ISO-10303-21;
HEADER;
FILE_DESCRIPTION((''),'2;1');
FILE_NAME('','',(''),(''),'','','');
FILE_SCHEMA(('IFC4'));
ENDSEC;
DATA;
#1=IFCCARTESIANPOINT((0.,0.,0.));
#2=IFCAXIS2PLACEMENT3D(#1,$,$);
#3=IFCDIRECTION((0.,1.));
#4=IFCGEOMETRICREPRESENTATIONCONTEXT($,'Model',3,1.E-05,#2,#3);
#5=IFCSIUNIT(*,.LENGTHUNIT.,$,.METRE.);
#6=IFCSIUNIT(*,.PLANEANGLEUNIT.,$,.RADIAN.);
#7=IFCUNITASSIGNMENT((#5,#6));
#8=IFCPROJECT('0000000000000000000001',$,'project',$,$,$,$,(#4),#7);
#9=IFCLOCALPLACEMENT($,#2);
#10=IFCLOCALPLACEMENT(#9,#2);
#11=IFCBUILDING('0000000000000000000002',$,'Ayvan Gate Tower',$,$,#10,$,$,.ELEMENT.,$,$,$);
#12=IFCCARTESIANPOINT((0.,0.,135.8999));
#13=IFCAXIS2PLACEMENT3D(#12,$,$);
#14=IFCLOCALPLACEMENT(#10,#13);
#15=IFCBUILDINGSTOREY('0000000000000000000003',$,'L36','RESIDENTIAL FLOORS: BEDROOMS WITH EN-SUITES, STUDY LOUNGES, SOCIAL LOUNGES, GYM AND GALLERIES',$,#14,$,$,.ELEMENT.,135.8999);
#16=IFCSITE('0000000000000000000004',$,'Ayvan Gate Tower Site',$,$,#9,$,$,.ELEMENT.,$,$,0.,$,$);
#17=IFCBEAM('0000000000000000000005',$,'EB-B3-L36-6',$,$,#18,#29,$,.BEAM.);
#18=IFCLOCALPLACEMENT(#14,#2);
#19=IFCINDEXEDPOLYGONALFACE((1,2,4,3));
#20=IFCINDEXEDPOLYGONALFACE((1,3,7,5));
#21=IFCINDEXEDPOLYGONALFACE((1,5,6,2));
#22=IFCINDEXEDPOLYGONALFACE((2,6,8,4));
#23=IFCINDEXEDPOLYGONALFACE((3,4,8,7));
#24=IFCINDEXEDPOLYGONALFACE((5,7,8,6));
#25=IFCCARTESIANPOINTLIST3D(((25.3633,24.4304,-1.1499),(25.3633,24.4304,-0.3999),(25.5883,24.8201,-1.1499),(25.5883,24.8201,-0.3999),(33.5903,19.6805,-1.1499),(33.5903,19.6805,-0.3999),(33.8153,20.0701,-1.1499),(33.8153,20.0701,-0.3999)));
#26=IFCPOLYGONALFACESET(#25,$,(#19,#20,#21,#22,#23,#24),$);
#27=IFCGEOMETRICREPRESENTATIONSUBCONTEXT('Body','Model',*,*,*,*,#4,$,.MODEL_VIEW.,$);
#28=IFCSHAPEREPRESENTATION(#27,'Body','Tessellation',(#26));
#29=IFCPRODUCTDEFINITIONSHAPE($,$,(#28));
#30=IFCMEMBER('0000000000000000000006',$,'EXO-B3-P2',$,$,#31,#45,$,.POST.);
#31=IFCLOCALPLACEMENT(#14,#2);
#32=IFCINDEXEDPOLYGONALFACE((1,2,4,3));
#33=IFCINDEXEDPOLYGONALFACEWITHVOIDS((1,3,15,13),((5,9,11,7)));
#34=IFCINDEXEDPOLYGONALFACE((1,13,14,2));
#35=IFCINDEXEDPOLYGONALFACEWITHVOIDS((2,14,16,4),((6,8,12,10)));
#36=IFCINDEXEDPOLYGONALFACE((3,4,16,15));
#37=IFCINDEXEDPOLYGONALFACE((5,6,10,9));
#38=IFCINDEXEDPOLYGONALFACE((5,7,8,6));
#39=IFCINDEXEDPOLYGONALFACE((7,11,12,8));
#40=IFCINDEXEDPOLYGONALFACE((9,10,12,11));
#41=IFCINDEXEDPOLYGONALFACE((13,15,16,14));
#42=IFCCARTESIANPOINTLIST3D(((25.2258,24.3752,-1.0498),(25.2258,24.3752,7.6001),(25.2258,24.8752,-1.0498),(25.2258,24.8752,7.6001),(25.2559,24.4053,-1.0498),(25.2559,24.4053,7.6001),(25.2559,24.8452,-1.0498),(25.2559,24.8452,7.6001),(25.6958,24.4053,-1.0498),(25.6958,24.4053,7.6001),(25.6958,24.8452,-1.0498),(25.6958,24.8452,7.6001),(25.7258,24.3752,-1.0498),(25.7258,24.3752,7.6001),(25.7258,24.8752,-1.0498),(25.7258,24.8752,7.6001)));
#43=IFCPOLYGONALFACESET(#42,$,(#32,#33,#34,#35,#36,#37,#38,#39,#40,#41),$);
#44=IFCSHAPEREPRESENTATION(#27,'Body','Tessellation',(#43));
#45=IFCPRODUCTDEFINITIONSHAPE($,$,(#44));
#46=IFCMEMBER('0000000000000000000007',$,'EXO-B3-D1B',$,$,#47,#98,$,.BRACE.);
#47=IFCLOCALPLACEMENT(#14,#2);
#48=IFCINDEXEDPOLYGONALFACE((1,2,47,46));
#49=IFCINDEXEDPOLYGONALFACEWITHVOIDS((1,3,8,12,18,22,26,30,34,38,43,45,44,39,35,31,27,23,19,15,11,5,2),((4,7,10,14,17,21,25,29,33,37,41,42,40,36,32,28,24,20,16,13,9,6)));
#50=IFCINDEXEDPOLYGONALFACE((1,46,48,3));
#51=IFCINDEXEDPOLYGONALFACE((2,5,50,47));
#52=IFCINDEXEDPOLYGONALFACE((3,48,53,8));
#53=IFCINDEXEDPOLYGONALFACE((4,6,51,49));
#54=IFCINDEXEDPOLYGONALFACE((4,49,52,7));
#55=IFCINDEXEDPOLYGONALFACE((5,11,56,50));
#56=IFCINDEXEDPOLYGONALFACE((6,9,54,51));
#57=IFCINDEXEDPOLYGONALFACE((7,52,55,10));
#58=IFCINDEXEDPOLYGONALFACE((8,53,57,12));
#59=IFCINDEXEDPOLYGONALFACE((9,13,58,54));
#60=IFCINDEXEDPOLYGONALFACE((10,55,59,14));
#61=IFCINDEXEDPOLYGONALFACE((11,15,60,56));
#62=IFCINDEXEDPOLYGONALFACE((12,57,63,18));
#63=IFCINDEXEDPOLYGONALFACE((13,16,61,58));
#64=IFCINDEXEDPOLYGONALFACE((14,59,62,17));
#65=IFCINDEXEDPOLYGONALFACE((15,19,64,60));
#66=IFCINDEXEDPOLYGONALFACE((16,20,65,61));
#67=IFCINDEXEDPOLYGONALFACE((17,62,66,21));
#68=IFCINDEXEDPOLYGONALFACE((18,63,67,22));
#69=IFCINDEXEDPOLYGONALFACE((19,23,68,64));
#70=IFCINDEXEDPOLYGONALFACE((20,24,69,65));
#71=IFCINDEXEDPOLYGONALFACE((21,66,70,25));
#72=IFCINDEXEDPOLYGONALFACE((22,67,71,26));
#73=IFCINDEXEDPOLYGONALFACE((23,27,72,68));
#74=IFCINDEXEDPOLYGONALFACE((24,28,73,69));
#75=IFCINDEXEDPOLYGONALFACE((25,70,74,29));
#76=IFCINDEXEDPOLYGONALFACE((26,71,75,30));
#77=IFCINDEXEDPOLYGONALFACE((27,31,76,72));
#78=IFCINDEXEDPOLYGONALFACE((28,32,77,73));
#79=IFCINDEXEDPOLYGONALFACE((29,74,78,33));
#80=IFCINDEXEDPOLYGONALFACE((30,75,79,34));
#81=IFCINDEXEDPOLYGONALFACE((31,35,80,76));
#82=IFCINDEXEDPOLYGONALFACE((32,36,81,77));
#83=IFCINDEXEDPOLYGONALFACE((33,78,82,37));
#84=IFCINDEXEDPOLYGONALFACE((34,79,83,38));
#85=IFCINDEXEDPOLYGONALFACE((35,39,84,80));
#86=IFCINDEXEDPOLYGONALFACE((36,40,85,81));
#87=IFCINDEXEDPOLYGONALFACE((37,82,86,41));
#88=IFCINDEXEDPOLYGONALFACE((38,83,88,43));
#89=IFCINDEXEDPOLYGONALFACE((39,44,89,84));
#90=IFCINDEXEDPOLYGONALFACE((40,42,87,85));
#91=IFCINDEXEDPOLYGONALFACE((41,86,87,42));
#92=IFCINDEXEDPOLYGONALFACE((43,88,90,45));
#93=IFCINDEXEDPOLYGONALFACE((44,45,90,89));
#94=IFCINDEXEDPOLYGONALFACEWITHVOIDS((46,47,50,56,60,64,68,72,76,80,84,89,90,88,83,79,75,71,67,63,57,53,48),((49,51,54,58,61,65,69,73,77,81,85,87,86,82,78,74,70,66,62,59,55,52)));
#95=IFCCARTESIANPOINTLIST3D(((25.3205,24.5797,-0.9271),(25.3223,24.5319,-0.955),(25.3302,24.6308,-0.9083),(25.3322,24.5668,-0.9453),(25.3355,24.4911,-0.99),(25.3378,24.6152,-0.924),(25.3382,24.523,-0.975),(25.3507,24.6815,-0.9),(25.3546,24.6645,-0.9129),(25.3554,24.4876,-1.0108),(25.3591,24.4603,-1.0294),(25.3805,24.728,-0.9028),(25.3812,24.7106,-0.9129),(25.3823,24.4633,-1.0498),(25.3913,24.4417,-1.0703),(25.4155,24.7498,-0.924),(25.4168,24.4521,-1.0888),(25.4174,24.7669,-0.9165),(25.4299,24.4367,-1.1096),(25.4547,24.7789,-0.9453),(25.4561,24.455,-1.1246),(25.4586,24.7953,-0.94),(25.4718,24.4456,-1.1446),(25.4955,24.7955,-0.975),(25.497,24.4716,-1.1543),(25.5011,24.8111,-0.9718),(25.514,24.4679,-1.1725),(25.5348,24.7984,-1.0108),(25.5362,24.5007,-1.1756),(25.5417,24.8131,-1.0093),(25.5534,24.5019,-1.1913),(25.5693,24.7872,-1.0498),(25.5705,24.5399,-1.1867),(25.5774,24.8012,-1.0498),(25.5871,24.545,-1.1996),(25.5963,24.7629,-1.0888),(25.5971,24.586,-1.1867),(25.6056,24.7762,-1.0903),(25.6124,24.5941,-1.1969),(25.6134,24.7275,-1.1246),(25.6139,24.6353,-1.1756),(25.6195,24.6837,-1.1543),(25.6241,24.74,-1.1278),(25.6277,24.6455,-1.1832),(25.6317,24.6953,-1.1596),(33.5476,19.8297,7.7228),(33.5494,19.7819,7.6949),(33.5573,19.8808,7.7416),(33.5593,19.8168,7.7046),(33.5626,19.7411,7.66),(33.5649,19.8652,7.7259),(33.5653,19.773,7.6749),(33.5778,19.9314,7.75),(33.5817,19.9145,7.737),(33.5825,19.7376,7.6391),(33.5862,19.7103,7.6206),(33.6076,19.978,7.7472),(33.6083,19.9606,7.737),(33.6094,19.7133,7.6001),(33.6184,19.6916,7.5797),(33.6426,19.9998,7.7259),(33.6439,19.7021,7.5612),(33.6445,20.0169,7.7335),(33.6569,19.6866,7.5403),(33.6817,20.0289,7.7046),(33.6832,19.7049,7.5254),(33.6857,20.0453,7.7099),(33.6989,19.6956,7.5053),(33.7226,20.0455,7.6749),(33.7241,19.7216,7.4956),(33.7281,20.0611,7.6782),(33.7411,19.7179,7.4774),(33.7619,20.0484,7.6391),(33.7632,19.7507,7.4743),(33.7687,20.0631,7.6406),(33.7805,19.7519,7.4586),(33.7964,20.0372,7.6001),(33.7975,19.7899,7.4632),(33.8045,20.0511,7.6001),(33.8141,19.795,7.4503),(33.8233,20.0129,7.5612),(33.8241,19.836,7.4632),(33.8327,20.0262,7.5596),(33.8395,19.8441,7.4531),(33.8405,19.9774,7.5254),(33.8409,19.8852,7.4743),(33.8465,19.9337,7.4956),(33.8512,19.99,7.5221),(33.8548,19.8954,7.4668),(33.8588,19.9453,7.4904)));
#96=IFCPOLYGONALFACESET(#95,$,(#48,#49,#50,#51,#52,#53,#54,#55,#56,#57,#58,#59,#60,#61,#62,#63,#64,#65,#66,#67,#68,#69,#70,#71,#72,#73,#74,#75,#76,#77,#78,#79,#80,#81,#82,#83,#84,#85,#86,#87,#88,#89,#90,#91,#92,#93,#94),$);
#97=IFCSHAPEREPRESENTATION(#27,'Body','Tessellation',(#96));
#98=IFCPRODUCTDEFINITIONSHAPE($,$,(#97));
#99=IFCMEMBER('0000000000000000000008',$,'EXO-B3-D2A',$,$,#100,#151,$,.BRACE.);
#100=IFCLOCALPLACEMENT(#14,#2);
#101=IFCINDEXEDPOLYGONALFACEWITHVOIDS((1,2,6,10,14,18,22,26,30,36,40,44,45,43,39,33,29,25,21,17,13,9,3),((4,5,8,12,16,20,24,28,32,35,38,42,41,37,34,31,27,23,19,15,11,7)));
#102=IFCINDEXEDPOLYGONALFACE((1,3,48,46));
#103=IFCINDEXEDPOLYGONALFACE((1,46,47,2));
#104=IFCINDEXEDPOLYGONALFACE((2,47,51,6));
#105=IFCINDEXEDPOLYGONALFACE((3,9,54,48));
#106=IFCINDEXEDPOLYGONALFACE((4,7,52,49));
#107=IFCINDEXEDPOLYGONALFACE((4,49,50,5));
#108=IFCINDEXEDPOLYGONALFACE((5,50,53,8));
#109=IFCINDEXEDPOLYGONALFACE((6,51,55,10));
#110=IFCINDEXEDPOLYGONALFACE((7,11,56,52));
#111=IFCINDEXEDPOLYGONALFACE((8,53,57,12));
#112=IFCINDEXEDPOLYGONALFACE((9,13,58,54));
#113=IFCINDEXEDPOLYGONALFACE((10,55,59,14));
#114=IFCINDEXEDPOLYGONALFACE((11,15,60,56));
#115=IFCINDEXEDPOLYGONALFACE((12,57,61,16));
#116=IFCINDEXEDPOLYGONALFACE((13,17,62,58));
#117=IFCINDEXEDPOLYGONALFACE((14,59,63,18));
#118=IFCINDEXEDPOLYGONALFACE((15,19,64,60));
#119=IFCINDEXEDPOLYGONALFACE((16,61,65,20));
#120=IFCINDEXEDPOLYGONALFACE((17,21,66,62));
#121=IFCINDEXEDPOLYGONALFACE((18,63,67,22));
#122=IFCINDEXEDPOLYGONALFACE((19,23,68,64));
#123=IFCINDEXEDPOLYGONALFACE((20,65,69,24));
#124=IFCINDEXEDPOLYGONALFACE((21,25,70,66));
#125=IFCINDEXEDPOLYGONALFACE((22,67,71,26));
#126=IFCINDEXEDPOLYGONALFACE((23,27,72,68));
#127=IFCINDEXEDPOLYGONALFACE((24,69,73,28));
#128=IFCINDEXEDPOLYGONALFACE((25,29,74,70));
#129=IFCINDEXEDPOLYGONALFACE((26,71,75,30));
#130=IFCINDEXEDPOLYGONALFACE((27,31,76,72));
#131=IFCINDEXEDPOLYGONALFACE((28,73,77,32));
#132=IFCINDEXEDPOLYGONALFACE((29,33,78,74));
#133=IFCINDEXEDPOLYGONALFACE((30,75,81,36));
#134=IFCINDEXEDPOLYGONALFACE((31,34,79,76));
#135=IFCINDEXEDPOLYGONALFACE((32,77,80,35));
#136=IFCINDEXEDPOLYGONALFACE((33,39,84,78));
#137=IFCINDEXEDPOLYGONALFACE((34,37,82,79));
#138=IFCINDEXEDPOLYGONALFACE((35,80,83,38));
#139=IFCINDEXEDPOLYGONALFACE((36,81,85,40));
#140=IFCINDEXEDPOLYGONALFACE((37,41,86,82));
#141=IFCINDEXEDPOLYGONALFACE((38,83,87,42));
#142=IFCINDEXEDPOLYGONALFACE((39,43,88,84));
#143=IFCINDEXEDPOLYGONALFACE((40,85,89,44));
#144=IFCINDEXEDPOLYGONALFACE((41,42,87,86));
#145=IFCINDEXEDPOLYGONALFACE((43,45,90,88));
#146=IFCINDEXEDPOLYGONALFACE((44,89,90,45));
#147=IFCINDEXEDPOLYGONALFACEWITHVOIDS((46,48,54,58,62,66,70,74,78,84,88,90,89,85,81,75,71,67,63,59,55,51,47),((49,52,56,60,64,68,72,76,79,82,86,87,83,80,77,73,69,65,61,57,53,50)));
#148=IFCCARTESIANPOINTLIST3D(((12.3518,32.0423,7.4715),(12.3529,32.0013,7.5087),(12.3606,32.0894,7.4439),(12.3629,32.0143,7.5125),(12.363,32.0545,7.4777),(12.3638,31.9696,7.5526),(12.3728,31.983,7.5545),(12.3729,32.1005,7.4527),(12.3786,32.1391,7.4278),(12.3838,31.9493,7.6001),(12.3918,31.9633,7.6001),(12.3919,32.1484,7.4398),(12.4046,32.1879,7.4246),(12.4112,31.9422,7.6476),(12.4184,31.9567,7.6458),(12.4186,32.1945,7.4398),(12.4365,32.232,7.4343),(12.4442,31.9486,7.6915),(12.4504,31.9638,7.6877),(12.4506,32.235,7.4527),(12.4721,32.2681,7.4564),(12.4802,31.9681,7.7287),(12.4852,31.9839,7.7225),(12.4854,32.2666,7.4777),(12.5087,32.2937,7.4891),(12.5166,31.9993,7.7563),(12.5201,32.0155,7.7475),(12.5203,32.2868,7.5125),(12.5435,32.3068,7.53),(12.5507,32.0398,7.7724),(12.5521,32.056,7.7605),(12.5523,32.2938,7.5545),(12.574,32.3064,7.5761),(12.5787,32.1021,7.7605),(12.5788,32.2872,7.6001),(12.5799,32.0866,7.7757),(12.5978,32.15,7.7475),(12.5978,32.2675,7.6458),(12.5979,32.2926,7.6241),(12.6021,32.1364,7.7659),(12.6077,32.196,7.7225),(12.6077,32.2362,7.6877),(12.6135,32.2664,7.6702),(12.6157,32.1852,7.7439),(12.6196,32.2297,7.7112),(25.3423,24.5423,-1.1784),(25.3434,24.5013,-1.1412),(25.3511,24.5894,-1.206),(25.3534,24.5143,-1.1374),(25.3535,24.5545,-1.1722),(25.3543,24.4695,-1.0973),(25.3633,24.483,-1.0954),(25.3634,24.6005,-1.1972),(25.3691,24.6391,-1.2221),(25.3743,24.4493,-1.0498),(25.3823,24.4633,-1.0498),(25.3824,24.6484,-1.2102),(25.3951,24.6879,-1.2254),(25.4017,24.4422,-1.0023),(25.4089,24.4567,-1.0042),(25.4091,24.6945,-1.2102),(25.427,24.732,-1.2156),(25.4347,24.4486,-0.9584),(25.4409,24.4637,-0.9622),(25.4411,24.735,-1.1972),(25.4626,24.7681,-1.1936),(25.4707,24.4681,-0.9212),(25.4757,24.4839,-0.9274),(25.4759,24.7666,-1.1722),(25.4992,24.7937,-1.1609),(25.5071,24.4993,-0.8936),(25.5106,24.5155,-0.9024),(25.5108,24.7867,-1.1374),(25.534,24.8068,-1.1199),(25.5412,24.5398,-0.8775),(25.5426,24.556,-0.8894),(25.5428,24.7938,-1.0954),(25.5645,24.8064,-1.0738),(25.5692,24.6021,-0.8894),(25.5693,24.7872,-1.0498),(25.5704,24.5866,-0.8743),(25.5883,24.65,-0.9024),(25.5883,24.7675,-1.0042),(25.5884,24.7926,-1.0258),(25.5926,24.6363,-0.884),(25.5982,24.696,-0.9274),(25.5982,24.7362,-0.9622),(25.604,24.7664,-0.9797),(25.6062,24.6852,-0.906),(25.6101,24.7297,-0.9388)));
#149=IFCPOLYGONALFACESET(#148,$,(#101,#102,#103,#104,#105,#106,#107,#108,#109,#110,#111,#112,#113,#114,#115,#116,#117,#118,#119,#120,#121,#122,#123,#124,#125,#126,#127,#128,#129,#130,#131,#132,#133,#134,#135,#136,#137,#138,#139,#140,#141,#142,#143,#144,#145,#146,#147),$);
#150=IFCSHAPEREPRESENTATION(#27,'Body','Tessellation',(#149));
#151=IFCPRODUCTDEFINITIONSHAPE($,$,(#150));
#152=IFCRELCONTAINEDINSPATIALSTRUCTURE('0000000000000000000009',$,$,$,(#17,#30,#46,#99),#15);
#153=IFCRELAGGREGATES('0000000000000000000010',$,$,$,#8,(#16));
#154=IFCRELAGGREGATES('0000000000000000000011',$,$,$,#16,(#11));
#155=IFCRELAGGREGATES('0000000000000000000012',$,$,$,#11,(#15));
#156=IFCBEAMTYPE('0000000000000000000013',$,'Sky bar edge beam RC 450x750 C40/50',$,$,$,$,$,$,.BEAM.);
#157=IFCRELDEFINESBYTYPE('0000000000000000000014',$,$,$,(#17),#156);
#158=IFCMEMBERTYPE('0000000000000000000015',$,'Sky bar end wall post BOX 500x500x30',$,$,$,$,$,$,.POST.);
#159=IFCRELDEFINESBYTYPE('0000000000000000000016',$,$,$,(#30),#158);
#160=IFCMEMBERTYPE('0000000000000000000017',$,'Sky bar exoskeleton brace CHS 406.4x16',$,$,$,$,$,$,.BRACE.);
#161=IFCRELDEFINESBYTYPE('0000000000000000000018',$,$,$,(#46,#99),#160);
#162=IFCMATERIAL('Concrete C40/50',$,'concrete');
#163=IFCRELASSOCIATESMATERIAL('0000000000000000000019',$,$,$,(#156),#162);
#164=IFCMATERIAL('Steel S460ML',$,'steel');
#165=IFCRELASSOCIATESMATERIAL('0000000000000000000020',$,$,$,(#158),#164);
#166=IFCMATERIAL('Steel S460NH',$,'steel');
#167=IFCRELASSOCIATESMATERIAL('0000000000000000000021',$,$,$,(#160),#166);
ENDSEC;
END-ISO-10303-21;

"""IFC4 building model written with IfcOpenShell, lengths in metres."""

from ifc_helpers import new_model, si_unit, direction, frame, origin, origin_2d, place, context, subcontext, project, spatial, rectangle, hollow_rectangle, hollow_circle, extrude, material, material_profile, profile_set, type_object, element, save


model = new_model("IFC4")

# Units and contexts
model_context = context("Model", 3, precision=1e-05, world=origin(), true_north=direction((0.0, 1.0)))
body_context = subcontext(model_context, "Body", "Model", "MODEL_VIEW")
ifc_project = project(units=[si_unit("LENGTHUNIT", "METRE"), si_unit("PLANEANGLEUNIT", "RADIAN")], contexts=[model_context])

# Site, building, storey
site_placement = place(None, origin())
site = spatial("IfcSite", under=ifc_project, at=site_placement, Name="Ayvan Gate Tower Site", CompositionType="ELEMENT", RefElevation=0.0)
building_placement = place(site_placement, origin())
building = spatial("IfcBuilding", under=site, at=building_placement, Name="Ayvan Gate Tower", CompositionType="ELEMENT")
storey_placement = place(building_placement, frame((0.0, 0.0, 135.8999)))
storey = spatial("IfcBuildingStorey", under=building, at=storey_placement, Name="L36", Description="RESIDENTIAL FLOORS: BEDROOMS WITH EN-SUITES, STUDY LOUNGES, SOCIAL LOUNGES, GYM AND GALLERIES", CompositionType="ELEMENT", Elevation=135.8999)

# Beam
ifc_material_1 = material(Name="Concrete C40/50", Category="concrete")
ifc_material_profile_1 = material_profile(ifc_material_1, rectangle(XDim=0.45, YDim=0.75, at=origin_2d()), Name="RC 450x750")
ifc_profile_set_1 = profile_set([ifc_material_profile_1], Name="Concrete C40/50")
beam_type = type_object("IfcBeamType", Name="Sky bar edge beam RC 450x750 C40/50", PredefinedType="BEAM", material=ifc_profile_set_1)
beam_placement = place(storey_placement, frame((25.4758, 24.6252, -0.7749), z_axis=(0.86602, -0.500009, 0.0), x_axis=(0.500009, 0.86602, 0.0)))
element("IfcBeam", 1, at=beam_placement, inside=storey, type_object=beam_type, Name="EB-B3-L36-6", PredefinedType="BEAM", context=body_context, shape_type="SweptSolid", body=[
    extrude(rectangle(XDim=0.45, YDim=0.75, at=origin_2d()), origin(), (0.0, 0.0, 1.0), 9.4998),
])

# Members
ifc_material_2 = material(Name="Steel S460ML", Category="steel")
ifc_material_profile_2 = material_profile(ifc_material_2, hollow_rectangle(XDim=0.5, YDim=0.5, WallThickness=0.03, at=origin_2d()), Name="BOX 500x500x30")
ifc_profile_set_2 = profile_set([ifc_material_profile_2], Name="Steel S460ML")
member_type_1 = type_object("IfcMemberType", Name="Sky bar end wall post BOX 500x500x30", PredefinedType="POST", material=ifc_profile_set_2)
member_1_placement = place(storey_placement, frame((25.4758, 24.6252, -1.0498), z_axis=(0.0, 0.0, 1.0), x_axis=(1.0, 0.0, 0.0)))
element("IfcMember", 2, at=member_1_placement, inside=storey, type_object=member_type_1, Name="EXO-B3-P2", PredefinedType="POST", context=body_context, shape_type="SweptSolid", body=[
    extrude(hollow_rectangle(XDim=0.5, YDim=0.5, WallThickness=0.03, at=origin_2d()), origin(), (0.0, 0.0, 1.0), 8.6499),
])
ifc_material_3 = material(Name="Steel S460NH", Category="steel")
ifc_material_profile_3 = material_profile(ifc_material_3, hollow_circle(Radius=0.2031, WallThickness=0.0161, at=origin_2d()), Name="CHS 406.4x16")
ifc_profile_set_3 = profile_set([ifc_material_profile_3], Name="Steel S460NH")
member_type_2 = type_object("IfcMemberType", Name="Sky bar exoskeleton brace CHS 406.4x16", PredefinedType="BRACE", material=ifc_profile_set_3)
member_2_placement = place(storey_placement, frame((25.4758, 24.6252, -1.0498), z_axis=(0.640344, -0.369711, 0.673256), x_axis=(0.500009, 0.86602, 0.0)))
element("IfcMember", 3, at=member_2_placement, inside=storey, type_object=member_type_2, Name="EXO-B3-D1B", PredefinedType="BRACE", context=body_context, shape_type="SweptSolid", body=[
    extrude(hollow_circle(Radius=0.2031, WallThickness=0.0161, at=origin_2d()), origin(), (0.0, 0.0, 1.0), 12.8479),
])
member_3_placement = place(storey_placement, frame((25.4758, 24.6252, -1.0498), z_axis=(-0.750227, 0.43314, 0.499549), x_axis=(-0.499997, -0.866027, 0.0)))
element("IfcMember", 4, at=member_3_placement, inside=storey, type_object=member_type_2, Name="EXO-B3-D2A", PredefinedType="BRACE", context=body_context, shape_type="SweptSolid", body=[
    extrude(hollow_circle(Radius=0.2031, WallThickness=0.0161, at=origin_2d()), origin(), (0.0, 0.0, 1.0), 17.3154),
])

save(model, "model.ifc")
